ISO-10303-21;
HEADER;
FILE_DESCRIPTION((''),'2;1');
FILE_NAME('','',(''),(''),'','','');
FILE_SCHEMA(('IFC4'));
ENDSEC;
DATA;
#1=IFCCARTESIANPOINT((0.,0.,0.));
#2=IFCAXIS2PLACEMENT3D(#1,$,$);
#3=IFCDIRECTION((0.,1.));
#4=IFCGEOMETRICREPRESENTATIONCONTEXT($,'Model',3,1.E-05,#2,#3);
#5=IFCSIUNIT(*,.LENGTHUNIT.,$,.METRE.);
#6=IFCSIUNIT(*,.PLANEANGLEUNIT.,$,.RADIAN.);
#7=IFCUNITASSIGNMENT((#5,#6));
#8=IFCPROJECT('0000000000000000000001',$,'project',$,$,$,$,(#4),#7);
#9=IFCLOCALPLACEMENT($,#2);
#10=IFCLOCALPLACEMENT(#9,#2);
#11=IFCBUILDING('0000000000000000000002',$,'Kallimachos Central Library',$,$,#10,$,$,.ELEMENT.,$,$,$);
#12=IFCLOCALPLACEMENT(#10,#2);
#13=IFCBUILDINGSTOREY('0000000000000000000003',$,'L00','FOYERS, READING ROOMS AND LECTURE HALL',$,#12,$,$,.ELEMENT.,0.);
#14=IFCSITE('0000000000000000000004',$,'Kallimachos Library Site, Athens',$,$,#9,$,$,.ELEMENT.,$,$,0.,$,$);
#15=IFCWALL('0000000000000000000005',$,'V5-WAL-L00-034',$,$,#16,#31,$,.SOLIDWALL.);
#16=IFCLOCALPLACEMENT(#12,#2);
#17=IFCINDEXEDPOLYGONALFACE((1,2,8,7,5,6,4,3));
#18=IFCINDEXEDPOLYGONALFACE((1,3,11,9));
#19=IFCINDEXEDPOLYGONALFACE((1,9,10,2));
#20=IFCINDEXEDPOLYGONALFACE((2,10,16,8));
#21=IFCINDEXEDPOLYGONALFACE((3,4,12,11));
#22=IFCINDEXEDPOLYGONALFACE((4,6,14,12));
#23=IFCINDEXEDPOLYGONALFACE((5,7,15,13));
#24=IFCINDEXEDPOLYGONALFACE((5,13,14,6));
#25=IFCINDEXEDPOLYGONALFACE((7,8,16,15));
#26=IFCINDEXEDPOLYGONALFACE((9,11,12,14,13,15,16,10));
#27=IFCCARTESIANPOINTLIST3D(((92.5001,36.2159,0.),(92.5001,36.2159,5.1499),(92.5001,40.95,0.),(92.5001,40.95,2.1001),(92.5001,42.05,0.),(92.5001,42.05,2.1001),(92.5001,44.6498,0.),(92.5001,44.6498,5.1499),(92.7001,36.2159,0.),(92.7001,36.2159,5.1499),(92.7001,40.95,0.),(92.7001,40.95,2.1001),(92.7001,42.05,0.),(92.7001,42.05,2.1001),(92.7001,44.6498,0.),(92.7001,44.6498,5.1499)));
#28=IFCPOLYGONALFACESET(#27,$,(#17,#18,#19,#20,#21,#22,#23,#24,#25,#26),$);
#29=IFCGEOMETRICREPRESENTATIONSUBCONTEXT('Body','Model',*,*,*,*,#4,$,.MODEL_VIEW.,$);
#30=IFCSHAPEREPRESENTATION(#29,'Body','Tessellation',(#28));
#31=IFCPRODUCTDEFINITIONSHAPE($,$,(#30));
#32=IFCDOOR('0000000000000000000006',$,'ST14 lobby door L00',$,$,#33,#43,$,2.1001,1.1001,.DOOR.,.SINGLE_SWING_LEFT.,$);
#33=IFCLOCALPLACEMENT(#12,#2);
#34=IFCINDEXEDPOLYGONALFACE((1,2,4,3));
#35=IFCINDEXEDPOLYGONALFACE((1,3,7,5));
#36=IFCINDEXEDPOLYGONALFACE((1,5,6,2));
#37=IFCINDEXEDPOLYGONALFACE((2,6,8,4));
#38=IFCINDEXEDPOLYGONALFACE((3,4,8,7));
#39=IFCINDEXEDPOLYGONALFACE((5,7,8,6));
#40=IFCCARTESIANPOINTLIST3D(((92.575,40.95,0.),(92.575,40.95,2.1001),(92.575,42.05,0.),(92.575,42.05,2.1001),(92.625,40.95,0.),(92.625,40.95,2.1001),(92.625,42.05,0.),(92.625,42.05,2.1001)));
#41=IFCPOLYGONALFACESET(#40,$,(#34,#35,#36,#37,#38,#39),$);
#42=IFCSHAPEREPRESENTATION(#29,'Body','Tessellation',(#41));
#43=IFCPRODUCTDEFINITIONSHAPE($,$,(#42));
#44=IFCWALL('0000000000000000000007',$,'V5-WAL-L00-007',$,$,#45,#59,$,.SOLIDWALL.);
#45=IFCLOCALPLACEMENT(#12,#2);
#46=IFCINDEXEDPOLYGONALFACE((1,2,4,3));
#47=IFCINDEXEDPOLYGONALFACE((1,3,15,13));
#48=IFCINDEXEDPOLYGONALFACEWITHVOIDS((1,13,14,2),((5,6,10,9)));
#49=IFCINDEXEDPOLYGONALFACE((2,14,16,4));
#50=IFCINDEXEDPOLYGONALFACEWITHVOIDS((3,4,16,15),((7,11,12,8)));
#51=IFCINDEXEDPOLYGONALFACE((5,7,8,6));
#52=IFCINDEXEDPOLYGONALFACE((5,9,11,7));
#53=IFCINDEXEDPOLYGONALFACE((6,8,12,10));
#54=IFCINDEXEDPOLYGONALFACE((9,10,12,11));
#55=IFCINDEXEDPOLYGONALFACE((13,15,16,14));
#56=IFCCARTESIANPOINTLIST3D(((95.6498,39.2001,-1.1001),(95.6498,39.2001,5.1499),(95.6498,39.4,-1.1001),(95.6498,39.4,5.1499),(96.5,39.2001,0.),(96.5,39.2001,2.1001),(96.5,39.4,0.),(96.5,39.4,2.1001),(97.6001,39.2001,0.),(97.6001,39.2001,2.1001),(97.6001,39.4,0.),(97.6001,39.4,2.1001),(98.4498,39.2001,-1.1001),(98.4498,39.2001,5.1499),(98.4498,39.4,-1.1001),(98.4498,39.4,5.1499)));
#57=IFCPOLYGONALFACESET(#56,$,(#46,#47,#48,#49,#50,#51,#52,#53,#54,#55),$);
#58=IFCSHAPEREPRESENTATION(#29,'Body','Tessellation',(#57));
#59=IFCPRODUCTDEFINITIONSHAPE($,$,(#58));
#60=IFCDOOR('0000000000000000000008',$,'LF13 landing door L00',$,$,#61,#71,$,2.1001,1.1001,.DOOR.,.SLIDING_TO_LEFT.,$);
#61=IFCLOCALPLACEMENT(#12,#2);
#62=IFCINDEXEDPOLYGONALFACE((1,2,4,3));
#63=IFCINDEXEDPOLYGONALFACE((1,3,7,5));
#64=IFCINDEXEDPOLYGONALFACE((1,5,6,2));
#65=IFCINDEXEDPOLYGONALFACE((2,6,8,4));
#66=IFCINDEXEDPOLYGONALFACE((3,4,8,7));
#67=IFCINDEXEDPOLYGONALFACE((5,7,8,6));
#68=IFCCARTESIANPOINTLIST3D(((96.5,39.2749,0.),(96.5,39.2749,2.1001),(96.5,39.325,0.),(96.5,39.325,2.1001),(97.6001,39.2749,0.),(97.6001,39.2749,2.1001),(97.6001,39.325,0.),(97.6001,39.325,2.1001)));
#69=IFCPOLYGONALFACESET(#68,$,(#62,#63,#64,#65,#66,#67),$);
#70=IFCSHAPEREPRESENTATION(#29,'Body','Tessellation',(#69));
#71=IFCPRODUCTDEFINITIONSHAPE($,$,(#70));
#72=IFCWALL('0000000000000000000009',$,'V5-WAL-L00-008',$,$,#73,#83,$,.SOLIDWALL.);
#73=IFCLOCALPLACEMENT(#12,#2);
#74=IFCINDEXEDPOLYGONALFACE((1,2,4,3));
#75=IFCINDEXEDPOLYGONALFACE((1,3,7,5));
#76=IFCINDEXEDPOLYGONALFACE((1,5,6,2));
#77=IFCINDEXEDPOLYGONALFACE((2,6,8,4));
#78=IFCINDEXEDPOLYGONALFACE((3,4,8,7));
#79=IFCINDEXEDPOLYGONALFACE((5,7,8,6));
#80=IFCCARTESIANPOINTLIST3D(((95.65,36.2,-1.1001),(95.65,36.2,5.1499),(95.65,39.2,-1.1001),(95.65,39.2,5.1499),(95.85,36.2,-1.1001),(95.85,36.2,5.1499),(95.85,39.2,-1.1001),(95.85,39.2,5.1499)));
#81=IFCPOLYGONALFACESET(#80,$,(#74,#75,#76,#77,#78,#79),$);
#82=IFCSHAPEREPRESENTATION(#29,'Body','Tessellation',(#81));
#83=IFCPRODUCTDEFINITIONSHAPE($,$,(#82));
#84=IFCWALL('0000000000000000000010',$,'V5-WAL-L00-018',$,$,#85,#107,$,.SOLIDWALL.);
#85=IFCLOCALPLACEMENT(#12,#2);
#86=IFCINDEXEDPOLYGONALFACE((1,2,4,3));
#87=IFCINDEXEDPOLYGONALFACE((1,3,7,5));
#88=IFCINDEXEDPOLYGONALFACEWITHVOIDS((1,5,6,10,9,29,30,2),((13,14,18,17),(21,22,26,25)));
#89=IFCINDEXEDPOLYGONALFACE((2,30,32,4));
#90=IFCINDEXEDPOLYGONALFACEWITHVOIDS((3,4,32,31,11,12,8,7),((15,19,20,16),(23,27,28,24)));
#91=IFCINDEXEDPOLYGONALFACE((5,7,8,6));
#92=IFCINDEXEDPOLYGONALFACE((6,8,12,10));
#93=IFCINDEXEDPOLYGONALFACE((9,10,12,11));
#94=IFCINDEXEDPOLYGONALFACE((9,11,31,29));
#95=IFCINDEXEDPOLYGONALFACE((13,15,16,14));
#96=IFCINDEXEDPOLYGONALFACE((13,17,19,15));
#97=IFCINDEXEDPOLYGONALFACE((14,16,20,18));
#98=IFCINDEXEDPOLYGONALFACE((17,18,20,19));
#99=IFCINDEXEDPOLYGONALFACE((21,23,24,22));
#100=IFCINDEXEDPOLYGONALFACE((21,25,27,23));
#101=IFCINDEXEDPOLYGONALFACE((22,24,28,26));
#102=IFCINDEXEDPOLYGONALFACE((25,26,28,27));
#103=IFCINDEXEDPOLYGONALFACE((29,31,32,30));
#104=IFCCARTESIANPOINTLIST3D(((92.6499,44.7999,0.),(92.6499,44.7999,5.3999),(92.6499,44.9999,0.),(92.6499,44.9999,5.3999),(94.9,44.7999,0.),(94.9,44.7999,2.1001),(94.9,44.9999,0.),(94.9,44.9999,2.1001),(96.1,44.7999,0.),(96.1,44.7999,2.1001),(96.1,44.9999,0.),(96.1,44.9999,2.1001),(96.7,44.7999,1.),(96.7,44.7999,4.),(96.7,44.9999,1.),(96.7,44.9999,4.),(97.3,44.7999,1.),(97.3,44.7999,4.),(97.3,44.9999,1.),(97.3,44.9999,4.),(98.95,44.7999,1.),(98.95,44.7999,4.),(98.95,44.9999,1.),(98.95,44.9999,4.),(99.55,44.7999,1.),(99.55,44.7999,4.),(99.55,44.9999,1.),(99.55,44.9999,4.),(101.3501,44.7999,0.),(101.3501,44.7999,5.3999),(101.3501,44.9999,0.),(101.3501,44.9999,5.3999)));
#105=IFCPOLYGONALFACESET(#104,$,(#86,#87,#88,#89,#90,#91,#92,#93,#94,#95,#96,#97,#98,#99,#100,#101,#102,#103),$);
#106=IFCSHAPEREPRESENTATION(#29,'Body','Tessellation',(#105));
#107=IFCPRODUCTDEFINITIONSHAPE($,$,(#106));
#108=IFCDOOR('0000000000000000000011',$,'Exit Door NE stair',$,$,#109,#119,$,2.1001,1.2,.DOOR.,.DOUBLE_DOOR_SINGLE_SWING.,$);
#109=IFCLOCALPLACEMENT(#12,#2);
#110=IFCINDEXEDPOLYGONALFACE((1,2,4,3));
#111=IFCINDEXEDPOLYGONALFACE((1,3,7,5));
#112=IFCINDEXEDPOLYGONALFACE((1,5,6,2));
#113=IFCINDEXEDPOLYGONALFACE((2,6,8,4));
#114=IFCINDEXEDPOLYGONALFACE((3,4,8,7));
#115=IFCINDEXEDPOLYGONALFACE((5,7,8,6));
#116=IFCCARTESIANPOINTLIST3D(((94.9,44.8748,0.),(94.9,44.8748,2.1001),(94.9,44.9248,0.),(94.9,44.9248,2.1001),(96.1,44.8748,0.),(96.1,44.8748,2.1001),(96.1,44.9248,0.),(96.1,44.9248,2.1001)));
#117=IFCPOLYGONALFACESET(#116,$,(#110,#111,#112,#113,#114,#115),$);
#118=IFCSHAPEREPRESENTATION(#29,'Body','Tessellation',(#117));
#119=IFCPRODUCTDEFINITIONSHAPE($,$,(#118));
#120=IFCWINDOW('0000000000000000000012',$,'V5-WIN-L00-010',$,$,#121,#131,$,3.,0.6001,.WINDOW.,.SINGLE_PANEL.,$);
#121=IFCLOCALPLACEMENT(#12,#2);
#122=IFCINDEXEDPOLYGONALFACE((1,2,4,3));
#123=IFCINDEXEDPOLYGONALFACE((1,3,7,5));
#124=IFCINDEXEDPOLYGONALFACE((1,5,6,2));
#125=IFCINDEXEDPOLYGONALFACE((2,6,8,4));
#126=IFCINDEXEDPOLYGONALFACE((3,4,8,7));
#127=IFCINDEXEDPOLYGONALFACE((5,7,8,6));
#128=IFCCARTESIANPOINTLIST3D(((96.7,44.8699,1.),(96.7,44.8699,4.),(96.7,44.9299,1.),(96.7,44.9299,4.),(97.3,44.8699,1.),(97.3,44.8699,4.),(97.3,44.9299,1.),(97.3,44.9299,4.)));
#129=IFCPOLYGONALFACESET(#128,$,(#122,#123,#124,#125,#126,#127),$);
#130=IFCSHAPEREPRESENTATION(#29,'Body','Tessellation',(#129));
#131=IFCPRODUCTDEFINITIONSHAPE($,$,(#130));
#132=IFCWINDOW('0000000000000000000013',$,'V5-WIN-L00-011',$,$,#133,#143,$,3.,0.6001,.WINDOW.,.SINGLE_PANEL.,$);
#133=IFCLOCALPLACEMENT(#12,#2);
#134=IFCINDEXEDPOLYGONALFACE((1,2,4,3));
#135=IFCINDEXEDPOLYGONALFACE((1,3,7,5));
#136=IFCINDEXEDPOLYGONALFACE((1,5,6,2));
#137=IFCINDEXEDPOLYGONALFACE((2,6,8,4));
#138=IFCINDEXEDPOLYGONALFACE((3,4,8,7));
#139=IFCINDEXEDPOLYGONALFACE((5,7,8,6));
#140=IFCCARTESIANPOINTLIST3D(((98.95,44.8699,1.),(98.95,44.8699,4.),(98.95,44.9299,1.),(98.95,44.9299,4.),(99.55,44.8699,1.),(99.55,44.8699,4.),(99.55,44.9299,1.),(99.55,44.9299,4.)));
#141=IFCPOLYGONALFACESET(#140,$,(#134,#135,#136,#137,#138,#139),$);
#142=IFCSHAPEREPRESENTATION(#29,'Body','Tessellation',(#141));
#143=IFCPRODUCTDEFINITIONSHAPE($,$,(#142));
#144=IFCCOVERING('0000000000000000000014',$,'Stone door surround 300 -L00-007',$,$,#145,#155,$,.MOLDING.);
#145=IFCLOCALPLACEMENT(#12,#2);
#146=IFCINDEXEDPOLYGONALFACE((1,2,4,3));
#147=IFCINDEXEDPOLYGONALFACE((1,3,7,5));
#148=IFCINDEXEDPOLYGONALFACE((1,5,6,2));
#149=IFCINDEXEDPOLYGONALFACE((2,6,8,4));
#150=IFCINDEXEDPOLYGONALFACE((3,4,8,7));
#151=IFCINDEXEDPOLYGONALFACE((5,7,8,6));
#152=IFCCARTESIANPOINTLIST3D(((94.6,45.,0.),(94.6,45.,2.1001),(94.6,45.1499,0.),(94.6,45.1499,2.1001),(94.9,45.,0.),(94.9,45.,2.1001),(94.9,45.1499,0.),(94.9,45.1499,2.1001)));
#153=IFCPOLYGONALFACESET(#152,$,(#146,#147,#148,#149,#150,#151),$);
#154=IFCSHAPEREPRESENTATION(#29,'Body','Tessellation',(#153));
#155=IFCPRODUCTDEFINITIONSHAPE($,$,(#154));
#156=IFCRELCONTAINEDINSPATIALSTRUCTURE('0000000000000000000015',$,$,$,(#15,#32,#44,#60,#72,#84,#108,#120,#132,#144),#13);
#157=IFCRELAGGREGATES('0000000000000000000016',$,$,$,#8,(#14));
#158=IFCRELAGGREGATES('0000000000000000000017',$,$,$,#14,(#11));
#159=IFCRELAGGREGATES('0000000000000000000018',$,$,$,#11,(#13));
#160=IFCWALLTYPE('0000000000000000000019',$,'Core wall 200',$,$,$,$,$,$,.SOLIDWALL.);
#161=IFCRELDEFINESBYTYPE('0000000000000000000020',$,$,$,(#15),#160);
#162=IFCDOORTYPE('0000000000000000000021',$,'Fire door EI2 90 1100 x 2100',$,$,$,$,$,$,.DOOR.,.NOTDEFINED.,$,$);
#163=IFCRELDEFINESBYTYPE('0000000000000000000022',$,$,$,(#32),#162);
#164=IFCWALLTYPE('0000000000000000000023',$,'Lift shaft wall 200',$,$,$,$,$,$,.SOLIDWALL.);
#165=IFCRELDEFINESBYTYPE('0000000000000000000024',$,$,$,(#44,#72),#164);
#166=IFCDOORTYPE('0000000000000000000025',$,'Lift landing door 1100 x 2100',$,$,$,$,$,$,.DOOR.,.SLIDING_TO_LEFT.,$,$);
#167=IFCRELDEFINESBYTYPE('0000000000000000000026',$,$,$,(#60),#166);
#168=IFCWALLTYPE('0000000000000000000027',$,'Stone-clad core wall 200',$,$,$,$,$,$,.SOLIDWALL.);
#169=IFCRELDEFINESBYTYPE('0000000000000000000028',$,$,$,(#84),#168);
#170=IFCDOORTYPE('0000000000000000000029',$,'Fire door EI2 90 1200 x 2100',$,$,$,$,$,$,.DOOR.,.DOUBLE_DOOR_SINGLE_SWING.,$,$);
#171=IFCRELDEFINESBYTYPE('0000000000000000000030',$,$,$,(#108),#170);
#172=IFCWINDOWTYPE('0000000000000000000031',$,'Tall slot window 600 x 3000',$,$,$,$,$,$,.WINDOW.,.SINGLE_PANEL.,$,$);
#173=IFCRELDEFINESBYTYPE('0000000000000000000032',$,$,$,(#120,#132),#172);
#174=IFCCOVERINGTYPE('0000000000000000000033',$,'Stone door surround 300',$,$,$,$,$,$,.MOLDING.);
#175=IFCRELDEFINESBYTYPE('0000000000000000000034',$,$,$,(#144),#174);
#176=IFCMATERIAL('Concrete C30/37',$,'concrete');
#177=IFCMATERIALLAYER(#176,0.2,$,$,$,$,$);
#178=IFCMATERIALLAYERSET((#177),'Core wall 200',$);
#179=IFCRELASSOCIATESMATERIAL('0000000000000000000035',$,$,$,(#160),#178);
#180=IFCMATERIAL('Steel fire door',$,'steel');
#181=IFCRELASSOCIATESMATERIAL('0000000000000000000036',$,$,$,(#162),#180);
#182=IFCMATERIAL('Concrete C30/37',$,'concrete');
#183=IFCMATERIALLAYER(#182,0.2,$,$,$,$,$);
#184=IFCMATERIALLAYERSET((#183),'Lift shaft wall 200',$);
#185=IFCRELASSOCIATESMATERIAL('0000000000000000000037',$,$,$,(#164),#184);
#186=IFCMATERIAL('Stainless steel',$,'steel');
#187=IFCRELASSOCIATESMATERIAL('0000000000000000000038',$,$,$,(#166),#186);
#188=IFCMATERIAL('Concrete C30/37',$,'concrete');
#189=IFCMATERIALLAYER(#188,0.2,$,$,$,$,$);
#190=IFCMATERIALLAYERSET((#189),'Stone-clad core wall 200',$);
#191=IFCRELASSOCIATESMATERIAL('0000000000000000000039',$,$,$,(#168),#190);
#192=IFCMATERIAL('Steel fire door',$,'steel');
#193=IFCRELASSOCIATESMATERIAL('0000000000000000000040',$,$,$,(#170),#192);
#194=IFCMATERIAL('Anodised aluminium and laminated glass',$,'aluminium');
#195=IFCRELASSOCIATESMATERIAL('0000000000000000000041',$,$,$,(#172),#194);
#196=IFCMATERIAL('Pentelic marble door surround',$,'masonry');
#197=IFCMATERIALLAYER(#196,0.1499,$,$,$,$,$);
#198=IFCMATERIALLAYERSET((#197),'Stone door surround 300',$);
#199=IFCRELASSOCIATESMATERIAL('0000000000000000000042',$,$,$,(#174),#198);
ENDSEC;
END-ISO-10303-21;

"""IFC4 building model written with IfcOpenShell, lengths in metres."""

from ifc_helpers import new_model, si_unit, direction, frame, frame_2d, origin, origin_2d, place, context, subcontext, project, spatial, rectangle, extrude, material, layer, layer_set, type_object, element, fill, save


model = new_model("IFC4")

# Units and contexts
model_context = context("Model", 3, precision=1e-05, world=origin(), true_north=direction((0.0, 1.0)))
body_context = subcontext(model_context, "Body", "Model", "MODEL_VIEW")
ifc_project = project(units=[si_unit("LENGTHUNIT", "METRE"), si_unit("PLANEANGLEUNIT", "RADIAN")], contexts=[model_context])

# Site, building, storey
site_placement = place(None, origin())
site = spatial("IfcSite", under=ifc_project, at=site_placement, Name="Kallimachos Library Site, Athens", CompositionType="ELEMENT", RefElevation=0.0)
building_placement = place(site_placement, origin())
building = spatial("IfcBuilding", under=site, at=building_placement, Name="Kallimachos Central Library", CompositionType="ELEMENT")
storey_placement = place(building_placement, origin())
storey = spatial("IfcBuildingStorey", under=building, at=storey_placement, Name="L00", Description="FOYERS, READING ROOMS AND LECTURE HALL", CompositionType="ELEMENT", Elevation=0.0)

# Walls, openings, doors
ifc_material_1 = material(Name="Concrete C30/37", Category="concrete")
ifc_layer_1 = layer(ifc_material_1, 0.2)
ifc_layer_set_1 = layer_set([ifc_layer_1], Name="Core wall 200")
wall_type_1 = type_object("IfcWallType", Name="Core wall 200", PredefinedType="SOLIDWALL", material=ifc_layer_set_1)
wall_1_placement = place(storey_placement, frame((92.6001, 36.2161, 0.0), z_axis=(0.0, 0.0, 1.0), x_axis=(0.0, 1.0, 0.0)))
wall_1 = element("IfcWall", 1, at=wall_1_placement, inside=storey, type_object=wall_type_1, Name="V5-WAL-L00-034", PredefinedType="SOLIDWALL", context=body_context, shape_type="SweptSolid", body=[
    extrude(rectangle(XDim=8.4338, YDim=0.2, at=frame_2d((4.2168, 0.0))), origin(), (0.0, 0.0, 1.0), 5.1499),
])
opening_1_placement = place(wall_1_placement, frame((4.7339, 0.0, 0.0)))
opening_1 = element("IfcOpeningElement", 2, at=opening_1_placement, cuts=wall_1, PredefinedType="OPENING", context=body_context, shape_type="SweptSolid", body=[
    extrude(rectangle(XDim=1.1001, YDim=2.1001, at=frame_2d((0.55, 1.05))), frame((0.0, 0.1099, 0.0), z_axis=(0.0, -1.0, 0.0), x_axis=(1.0, 0.0, 0.0)), (0.0, 0.0, 1.0), 0.22),
])
ifc_material_2 = material(Name="Steel fire door", Category="steel")
door_type_1 = type_object("IfcDoorType", Name="Fire door EI2 90 1100 x 2100", OperationType="NOTDEFINED", PredefinedType="DOOR", material=ifc_material_2)
door_1_placement = place(opening_1_placement, frame((1.1001, 0.0, 0.0), z_axis=(0.0, 0.0, 1.0), x_axis=(-1.0, 0.0, 0.0)))
door_1 = element("IfcDoor", 3, at=door_1_placement, inside=storey, type_object=door_type_1, Name="ST14 lobby door L00", OperationType="SINGLE_SWING_LEFT", OverallHeight=2.1001, OverallWidth=1.1001, PredefinedType="DOOR", context=body_context, shape_type="SweptSolid", body=[
    extrude(rectangle(XDim=1.1001, YDim=2.1001, at=frame_2d((0.55, 1.05))), frame((0.0, 0.0249, 0.0), z_axis=(0.0, -1.0, 0.0), x_axis=(1.0, 0.0, 0.0)), (0.0, 0.0, 1.0), 0.05),
])
fill(opening_1, door_1)
ifc_material_3 = material(Name="Concrete C30/37", Category="concrete")
ifc_layer_2 = layer(ifc_material_3, 0.2)
ifc_layer_set_2 = layer_set([ifc_layer_2], Name="Lift shaft wall 200")
wall_type_2 = type_object("IfcWallType", Name="Lift shaft wall 200", PredefinedType="SOLIDWALL", material=ifc_layer_set_2)
wall_2_placement = place(storey_placement, frame((95.6499, 39.3, -1.1001), z_axis=(0.0, 0.0, 1.0), x_axis=(1.0, 0.0, 0.0)))
wall_2 = element("IfcWall", 4, at=wall_2_placement, inside=storey, type_object=wall_type_2, Name="V5-WAL-L00-007", PredefinedType="SOLIDWALL", context=body_context, shape_type="SweptSolid", body=[
    extrude(rectangle(XDim=2.8, YDim=0.2, at=frame_2d((1.3999, 0.0))), origin(), (0.0, 0.0, 1.0), 6.25),
])
opening_2_placement = place(wall_2_placement, frame((0.8501, 0.0, 1.1001)))
opening_2 = element("IfcOpeningElement", 5, at=opening_2_placement, cuts=wall_2, PredefinedType="OPENING", context=body_context, shape_type="SweptSolid", body=[
    extrude(rectangle(XDim=1.1001, YDim=2.1001, at=frame_2d((0.55, 1.05))), frame((0.0, 0.1099, 0.0), z_axis=(0.0, -1.0, 0.0), x_axis=(1.0, 0.0, 0.0)), (0.0, 0.0, 1.0), 0.22),
])
ifc_material_4 = material(Name="Stainless steel", Category="steel")
door_type_2 = type_object("IfcDoorType", Name="Lift landing door 1100 x 2100", OperationType="SLIDING_TO_LEFT", PredefinedType="DOOR", material=ifc_material_4)
door_2_placement = place(opening_2_placement, origin())
door_2 = element("IfcDoor", 6, at=door_2_placement, inside=storey, type_object=door_type_2, Name="LF13 landing door L00", OperationType="SLIDING_TO_LEFT", OverallHeight=2.1001, OverallWidth=1.1001, PredefinedType="DOOR", context=body_context, shape_type="SweptSolid", body=[
    extrude(rectangle(XDim=1.1001, YDim=2.1001, at=frame_2d((0.55, 1.05))), frame((0.0, 0.0249, 0.0), z_axis=(0.0, -1.0, 0.0), x_axis=(1.0, 0.0, 0.0)), (0.0, 0.0, 1.0), 0.05),
])
fill(opening_2, door_2)

# Wall
wall_3_placement = place(storey_placement, frame((95.75, 36.2, -1.1001), z_axis=(0.0, 0.0, 1.0), x_axis=(0.0, 1.0, 0.0)))
element("IfcWall", 7, at=wall_3_placement, inside=storey, type_object=wall_type_2, Name="V5-WAL-L00-008", PredefinedType="SOLIDWALL", context=body_context, shape_type="SweptSolid", body=[
    extrude(rectangle(XDim=3.0, YDim=0.2, at=frame_2d((1.5, 0.0))), origin(), (0.0, 0.0, 1.0), 6.25),
])

# Wall, openings, door, windows
ifc_material_5 = material(Name="Concrete C30/37", Category="concrete")
ifc_layer_3 = layer(ifc_material_5, 0.2)
ifc_layer_set_3 = layer_set([ifc_layer_3], Name="Stone-clad core wall 200")
wall_type_3 = type_object("IfcWallType", Name="Stone-clad core wall 200", PredefinedType="SOLIDWALL", material=ifc_layer_set_3)
wall_4_placement = place(storey_placement, frame((92.6499, 44.8999, 0.0), z_axis=(0.0, 0.0, 1.0), x_axis=(1.0, 0.0, 0.0)))
wall_4 = element("IfcWall", 8, at=wall_4_placement, inside=storey, type_object=wall_type_3, Name="V5-WAL-L00-018", PredefinedType="SOLIDWALL", context=body_context, shape_type="SweptSolid", body=[
    extrude(rectangle(XDim=8.7002, YDim=0.2, at=frame_2d((4.3501, 0.0))), origin(), (0.0, 0.0, 1.0), 5.3999),
])
opening_3_placement = place(wall_4_placement, frame((2.25, 0.0, 0.0)))
opening_3 = element("IfcOpeningElement", 9, at=opening_3_placement, cuts=wall_4, PredefinedType="OPENING", context=body_context, shape_type="SweptSolid", body=[
    extrude(rectangle(XDim=1.2, YDim=2.1001, at=frame_2d((0.6001, 1.05))), frame((0.0, 0.1099, 0.0), z_axis=(0.0, -1.0, 0.0), x_axis=(1.0, 0.0, 0.0)), (0.0, 0.0, 1.0), 0.22),
])
opening_4_placement = place(wall_4_placement, frame((4.05, 0.0, 1.0)))
opening_4 = element("IfcOpeningElement", 10, at=opening_4_placement, cuts=wall_4, PredefinedType="OPENING", context=body_context, shape_type="SweptSolid", body=[
    extrude(rectangle(XDim=0.6001, YDim=3.0, at=frame_2d((0.3, 1.5))), frame((0.0, 0.1099, 0.0), z_axis=(0.0, -1.0, 0.0), x_axis=(1.0, 0.0, 0.0)), (0.0, 0.0, 1.0), 0.22),
])
opening_5_placement = place(wall_4_placement, frame((6.3, 0.0, 1.0)))
opening_5 = element("IfcOpeningElement", 11, at=opening_5_placement, cuts=wall_4, PredefinedType="OPENING", context=body_context, shape_type="SweptSolid", body=[
    extrude(rectangle(XDim=0.6001, YDim=3.0, at=frame_2d((0.3, 1.5))), frame((0.0, 0.1099, 0.0), z_axis=(0.0, -1.0, 0.0), x_axis=(1.0, 0.0, 0.0)), (0.0, 0.0, 1.0), 0.22),
])
ifc_material_6 = material(Name="Steel fire door", Category="steel")
door_type_3 = type_object("IfcDoorType", Name="Fire door EI2 90 1200 x 2100", OperationType="DOUBLE_DOOR_SINGLE_SWING", PredefinedType="DOOR", material=ifc_material_6)
door_3_placement = place(opening_3_placement, origin())
door_3 = element("IfcDoor", 12, at=door_3_placement, inside=storey, type_object=door_type_3, Name="Exit Door NE stair", OperationType="DOUBLE_DOOR_SINGLE_SWING", OverallHeight=2.1001, OverallWidth=1.2, PredefinedType="DOOR", context=body_context, shape_type="SweptSolid", body=[
    extrude(rectangle(XDim=1.2, YDim=2.1001, at=frame_2d((0.6001, 1.05))), frame((0.0, 0.0249, 0.0), z_axis=(0.0, -1.0, 0.0), x_axis=(1.0, 0.0, 0.0)), (0.0, 0.0, 1.0), 0.05),
])
fill(opening_3, door_3)
ifc_material_7 = material(Name="Anodised aluminium and laminated glass", Category="aluminium")
window_type = type_object("IfcWindowType", Name="Tall slot window 600 x 3000", PartitioningType="SINGLE_PANEL", PredefinedType="WINDOW", material=ifc_material_7)
window_1_placement = place(opening_4_placement, origin())
window_1 = element("IfcWindow", 13, at=window_1_placement, inside=storey, type_object=window_type, Name="V5-WIN-L00-010", OverallHeight=3.0, OverallWidth=0.6001, PartitioningType="SINGLE_PANEL", PredefinedType="WINDOW", context=body_context, shape_type="SweptSolid", body=[
    extrude(rectangle(XDim=0.6001, YDim=3.0, at=frame_2d((0.3, 1.5))), frame((0.0, 0.03, 0.0), z_axis=(0.0, -1.0, 0.0), x_axis=(1.0, 0.0, 0.0)), (0.0, 0.0, 1.0), 0.0601),
])
fill(opening_4, window_1)
window_2_placement = place(opening_5_placement, origin())
window_2 = element("IfcWindow", 14, at=window_2_placement, inside=storey, type_object=window_type, Name="V5-WIN-L00-011", OverallHeight=3.0, OverallWidth=0.6001, PartitioningType="SINGLE_PANEL", PredefinedType="WINDOW", context=body_context, shape_type="SweptSolid", body=[
    extrude(rectangle(XDim=0.6001, YDim=3.0, at=frame_2d((0.3, 1.5))), frame((0.0, 0.03, 0.0), z_axis=(0.0, -1.0, 0.0), x_axis=(1.0, 0.0, 0.0)), (0.0, 0.0, 1.0), 0.0601),
])
fill(opening_5, window_2)

# Covering
ifc_material_8 = material(Name="Pentelic marble door surround", Category="masonry")
ifc_layer_4 = layer(ifc_material_8, 0.1499)
ifc_layer_set_4 = layer_set([ifc_layer_4], Name="Stone door surround 300")
covering_type = type_object("IfcCoveringType", Name="Stone door surround 300", PredefinedType="MOLDING", material=ifc_layer_set_4)
covering_1_placement = place(storey_placement, frame((94.75, 45.075, 0.0), z_axis=(0.0, 0.0, 1.0), x_axis=(1.0, 0.0, 0.0)))
element("IfcCovering", 15, at=covering_1_placement, inside=storey, type_object=covering_type, Name="Stone door surround 300 -L00-007", PredefinedType="MOLDING", context=body_context, shape_type="SweptSolid", body=[
    extrude(rectangle(XDim=0.3, YDim=0.1499, at=origin_2d()), origin(), (0.0, 0.0, 1.0), 2.1001),
])

save(model, "model.ifc")
